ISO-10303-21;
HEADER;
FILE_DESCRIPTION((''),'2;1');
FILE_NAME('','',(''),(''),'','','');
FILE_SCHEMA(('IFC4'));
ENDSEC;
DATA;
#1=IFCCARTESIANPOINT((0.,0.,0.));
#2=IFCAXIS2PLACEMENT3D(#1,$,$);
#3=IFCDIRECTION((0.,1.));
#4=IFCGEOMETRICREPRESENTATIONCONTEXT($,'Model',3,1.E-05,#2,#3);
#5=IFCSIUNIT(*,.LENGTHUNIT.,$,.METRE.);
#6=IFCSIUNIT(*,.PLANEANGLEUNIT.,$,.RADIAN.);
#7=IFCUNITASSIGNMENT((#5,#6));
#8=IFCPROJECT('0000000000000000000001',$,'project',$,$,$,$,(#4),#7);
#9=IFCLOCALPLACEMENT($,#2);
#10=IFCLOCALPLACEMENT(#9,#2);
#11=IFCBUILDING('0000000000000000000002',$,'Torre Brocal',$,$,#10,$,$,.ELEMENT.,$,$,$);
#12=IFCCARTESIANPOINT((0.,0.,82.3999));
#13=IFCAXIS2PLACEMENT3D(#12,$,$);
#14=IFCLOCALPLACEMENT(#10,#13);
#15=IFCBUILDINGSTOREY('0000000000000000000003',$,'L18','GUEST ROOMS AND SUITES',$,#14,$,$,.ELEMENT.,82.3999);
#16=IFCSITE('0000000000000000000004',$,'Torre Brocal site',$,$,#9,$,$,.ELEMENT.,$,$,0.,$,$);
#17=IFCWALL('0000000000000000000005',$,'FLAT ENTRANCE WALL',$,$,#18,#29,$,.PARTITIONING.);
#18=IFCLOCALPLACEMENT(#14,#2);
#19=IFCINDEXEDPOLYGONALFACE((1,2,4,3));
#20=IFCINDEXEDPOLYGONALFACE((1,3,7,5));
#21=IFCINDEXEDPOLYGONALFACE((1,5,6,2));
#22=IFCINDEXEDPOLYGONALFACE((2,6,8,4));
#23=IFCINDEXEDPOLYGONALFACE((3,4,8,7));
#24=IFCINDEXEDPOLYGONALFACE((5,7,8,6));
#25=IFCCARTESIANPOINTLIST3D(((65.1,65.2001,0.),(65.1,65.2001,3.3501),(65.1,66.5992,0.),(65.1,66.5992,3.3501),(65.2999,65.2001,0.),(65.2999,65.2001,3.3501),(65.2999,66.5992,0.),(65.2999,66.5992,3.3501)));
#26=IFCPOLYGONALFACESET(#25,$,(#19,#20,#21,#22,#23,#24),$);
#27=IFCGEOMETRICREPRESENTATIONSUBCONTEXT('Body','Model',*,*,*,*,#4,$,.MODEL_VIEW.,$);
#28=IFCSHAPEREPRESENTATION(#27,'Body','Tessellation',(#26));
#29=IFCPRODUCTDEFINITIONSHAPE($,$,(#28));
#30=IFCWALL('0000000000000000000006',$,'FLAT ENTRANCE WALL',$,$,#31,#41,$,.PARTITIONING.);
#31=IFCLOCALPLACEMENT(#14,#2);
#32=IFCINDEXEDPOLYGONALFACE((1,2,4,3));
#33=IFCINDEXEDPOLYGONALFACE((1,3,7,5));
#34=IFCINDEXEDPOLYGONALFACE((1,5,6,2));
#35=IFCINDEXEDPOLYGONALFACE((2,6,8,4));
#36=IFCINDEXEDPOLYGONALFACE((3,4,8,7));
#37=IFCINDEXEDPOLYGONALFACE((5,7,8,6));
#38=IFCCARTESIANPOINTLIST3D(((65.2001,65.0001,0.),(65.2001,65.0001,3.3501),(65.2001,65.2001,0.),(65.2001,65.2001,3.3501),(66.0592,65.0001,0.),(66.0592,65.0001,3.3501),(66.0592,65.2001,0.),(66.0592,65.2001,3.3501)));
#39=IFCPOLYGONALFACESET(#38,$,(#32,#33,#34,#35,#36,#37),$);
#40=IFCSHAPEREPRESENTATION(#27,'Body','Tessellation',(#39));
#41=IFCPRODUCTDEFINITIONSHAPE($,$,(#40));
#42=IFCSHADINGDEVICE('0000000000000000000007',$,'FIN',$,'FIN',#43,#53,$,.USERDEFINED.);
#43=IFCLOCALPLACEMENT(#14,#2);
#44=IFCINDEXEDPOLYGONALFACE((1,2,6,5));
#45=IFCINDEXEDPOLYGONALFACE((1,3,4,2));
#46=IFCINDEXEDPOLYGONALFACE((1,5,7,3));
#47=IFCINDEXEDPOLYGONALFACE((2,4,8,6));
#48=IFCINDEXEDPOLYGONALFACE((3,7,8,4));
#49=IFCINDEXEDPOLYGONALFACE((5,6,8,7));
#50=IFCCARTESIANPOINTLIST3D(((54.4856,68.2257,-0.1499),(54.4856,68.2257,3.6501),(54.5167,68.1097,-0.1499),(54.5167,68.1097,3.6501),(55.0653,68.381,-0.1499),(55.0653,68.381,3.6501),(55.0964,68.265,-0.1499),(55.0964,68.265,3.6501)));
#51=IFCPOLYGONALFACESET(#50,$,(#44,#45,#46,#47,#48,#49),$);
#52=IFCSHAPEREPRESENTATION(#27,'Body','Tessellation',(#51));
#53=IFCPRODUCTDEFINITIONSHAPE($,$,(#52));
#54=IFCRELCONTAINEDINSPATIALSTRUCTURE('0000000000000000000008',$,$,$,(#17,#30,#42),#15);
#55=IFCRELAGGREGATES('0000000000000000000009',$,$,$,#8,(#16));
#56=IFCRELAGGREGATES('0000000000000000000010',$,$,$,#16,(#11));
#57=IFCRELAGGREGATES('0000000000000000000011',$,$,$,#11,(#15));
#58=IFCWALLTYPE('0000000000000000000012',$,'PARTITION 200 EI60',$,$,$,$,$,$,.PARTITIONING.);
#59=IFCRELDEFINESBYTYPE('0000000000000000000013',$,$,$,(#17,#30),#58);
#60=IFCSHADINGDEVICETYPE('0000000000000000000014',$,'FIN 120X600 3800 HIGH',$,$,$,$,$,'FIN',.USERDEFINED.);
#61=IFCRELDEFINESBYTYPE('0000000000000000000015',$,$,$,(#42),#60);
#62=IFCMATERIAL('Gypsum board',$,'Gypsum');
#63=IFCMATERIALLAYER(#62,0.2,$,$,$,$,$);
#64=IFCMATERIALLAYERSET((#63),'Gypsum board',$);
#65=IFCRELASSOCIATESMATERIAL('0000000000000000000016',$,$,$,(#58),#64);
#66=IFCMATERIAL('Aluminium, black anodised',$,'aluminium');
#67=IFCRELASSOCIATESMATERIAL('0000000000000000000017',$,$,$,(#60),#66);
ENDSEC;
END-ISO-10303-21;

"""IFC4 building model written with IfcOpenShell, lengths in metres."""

from ifc_helpers import new_model, si_unit, direction, frame, frame_2d, origin, origin_2d, place, context, subcontext, project, spatial, rectangle, extrude, material, layer, layer_set, material_profile, profile_set, type_object, element, save


model = new_model("IFC4")

# Units and contexts
model_context = context("Model", 3, precision=1e-05, world=origin(), true_north=direction((0.0, 1.0)))
body_context = subcontext(model_context, "Body", "Model", "MODEL_VIEW")
ifc_project = project(units=[si_unit("LENGTHUNIT", "METRE"), si_unit("PLANEANGLEUNIT", "RADIAN")], contexts=[model_context])

# Site, building, storey
site_placement = place(None, origin())
site = spatial("IfcSite", under=ifc_project, at=site_placement, Name="Torre Brocal site", CompositionType="ELEMENT", RefElevation=0.0)
building_placement = place(site_placement, origin())
building = spatial("IfcBuilding", under=site, at=building_placement, Name="Torre Brocal", CompositionType="ELEMENT")
storey_placement = place(building_placement, frame((0.0, 0.0, 82.3999)))
storey = spatial("IfcBuildingStorey", under=building, at=storey_placement, Name="L18", Description="GUEST ROOMS AND SUITES", CompositionType="ELEMENT", Elevation=82.3999)

# Walls
ifc_material_1 = material(Name="Gypsum board", Category="Gypsum")
ifc_layer_1 = layer(ifc_material_1, 0.2)
ifc_layer_set_1 = layer_set([ifc_layer_1], Name="Gypsum board")
wall_type_1 = type_object("IfcWallType", Name="PARTITION 200 EI60", PredefinedType="PARTITIONING", material=ifc_layer_set_1)
wall_1_placement = place(storey_placement, frame((65.2, 65.2, 0.0), z_axis=(0.0, 0.0, 1.0), x_axis=(0.0, 1.0, 0.0)))
element("IfcWall", 1, at=wall_1_placement, inside=storey, type_object=wall_type_1, Name="FLAT ENTRANCE WALL", PredefinedType="PARTITIONING", context=body_context, shape_type="SweptSolid", body=[
    extrude(rectangle(XDim=1.3992, YDim=0.2, at=frame_2d((0.6997, 0.0))), origin(), (0.0, 0.0, 1.0), 3.3501),
])
wall_2_placement = place(storey_placement, frame((65.2, 65.1001, 0.0), z_axis=(0.0, 0.0, 1.0), x_axis=(1.0, 0.0, 0.0)))
element("IfcWall", 2, at=wall_2_placement, inside=storey, type_object=wall_type_1, Name="FLAT ENTRANCE WALL", PredefinedType="PARTITIONING", context=body_context, shape_type="SweptSolid", body=[
    extrude(rectangle(XDim=0.8591, YDim=0.2, at=frame_2d((0.4297, 0.0))), origin(), (0.0, 0.0, 1.0), 3.3501),
])

# Shading device
ifc_material_2 = material(Name="Aluminium, black anodised", Category="aluminium")
ifc_material_profile_1 = material_profile(ifc_material_2, rectangle(XDim=0.1201, YDim=0.6001, at=origin_2d()), Name="FIN 120X600 3800 HIGH")
ifc_profile_set_1 = profile_set([ifc_material_profile_1], Name="Aluminium, black anodised")
shading_device_type = type_object("IfcShadingDeviceType", Name="FIN 120X600 3800 HIGH", ElementType="FIN", PredefinedType="USERDEFINED", material=ifc_profile_set_1)
shading_device_placement = place(storey_placement, frame((54.791, 68.2454, -0.1499), z_axis=(0.0, 0.0, 1.0), x_axis=(0.258819, -0.965926, 0.0)))
element("IfcShadingDevice", 3, at=shading_device_placement, inside=storey, type_object=shading_device_type, Name="FIN", ObjectType="FIN", PredefinedType="USERDEFINED", context=body_context, shape_type="SweptSolid", body=[
    extrude(rectangle(XDim=0.1201, YDim=0.6001, at=origin_2d()), origin(), (0.0, 0.0, 1.0), 3.8),
])

save(model, "model.ifc")
